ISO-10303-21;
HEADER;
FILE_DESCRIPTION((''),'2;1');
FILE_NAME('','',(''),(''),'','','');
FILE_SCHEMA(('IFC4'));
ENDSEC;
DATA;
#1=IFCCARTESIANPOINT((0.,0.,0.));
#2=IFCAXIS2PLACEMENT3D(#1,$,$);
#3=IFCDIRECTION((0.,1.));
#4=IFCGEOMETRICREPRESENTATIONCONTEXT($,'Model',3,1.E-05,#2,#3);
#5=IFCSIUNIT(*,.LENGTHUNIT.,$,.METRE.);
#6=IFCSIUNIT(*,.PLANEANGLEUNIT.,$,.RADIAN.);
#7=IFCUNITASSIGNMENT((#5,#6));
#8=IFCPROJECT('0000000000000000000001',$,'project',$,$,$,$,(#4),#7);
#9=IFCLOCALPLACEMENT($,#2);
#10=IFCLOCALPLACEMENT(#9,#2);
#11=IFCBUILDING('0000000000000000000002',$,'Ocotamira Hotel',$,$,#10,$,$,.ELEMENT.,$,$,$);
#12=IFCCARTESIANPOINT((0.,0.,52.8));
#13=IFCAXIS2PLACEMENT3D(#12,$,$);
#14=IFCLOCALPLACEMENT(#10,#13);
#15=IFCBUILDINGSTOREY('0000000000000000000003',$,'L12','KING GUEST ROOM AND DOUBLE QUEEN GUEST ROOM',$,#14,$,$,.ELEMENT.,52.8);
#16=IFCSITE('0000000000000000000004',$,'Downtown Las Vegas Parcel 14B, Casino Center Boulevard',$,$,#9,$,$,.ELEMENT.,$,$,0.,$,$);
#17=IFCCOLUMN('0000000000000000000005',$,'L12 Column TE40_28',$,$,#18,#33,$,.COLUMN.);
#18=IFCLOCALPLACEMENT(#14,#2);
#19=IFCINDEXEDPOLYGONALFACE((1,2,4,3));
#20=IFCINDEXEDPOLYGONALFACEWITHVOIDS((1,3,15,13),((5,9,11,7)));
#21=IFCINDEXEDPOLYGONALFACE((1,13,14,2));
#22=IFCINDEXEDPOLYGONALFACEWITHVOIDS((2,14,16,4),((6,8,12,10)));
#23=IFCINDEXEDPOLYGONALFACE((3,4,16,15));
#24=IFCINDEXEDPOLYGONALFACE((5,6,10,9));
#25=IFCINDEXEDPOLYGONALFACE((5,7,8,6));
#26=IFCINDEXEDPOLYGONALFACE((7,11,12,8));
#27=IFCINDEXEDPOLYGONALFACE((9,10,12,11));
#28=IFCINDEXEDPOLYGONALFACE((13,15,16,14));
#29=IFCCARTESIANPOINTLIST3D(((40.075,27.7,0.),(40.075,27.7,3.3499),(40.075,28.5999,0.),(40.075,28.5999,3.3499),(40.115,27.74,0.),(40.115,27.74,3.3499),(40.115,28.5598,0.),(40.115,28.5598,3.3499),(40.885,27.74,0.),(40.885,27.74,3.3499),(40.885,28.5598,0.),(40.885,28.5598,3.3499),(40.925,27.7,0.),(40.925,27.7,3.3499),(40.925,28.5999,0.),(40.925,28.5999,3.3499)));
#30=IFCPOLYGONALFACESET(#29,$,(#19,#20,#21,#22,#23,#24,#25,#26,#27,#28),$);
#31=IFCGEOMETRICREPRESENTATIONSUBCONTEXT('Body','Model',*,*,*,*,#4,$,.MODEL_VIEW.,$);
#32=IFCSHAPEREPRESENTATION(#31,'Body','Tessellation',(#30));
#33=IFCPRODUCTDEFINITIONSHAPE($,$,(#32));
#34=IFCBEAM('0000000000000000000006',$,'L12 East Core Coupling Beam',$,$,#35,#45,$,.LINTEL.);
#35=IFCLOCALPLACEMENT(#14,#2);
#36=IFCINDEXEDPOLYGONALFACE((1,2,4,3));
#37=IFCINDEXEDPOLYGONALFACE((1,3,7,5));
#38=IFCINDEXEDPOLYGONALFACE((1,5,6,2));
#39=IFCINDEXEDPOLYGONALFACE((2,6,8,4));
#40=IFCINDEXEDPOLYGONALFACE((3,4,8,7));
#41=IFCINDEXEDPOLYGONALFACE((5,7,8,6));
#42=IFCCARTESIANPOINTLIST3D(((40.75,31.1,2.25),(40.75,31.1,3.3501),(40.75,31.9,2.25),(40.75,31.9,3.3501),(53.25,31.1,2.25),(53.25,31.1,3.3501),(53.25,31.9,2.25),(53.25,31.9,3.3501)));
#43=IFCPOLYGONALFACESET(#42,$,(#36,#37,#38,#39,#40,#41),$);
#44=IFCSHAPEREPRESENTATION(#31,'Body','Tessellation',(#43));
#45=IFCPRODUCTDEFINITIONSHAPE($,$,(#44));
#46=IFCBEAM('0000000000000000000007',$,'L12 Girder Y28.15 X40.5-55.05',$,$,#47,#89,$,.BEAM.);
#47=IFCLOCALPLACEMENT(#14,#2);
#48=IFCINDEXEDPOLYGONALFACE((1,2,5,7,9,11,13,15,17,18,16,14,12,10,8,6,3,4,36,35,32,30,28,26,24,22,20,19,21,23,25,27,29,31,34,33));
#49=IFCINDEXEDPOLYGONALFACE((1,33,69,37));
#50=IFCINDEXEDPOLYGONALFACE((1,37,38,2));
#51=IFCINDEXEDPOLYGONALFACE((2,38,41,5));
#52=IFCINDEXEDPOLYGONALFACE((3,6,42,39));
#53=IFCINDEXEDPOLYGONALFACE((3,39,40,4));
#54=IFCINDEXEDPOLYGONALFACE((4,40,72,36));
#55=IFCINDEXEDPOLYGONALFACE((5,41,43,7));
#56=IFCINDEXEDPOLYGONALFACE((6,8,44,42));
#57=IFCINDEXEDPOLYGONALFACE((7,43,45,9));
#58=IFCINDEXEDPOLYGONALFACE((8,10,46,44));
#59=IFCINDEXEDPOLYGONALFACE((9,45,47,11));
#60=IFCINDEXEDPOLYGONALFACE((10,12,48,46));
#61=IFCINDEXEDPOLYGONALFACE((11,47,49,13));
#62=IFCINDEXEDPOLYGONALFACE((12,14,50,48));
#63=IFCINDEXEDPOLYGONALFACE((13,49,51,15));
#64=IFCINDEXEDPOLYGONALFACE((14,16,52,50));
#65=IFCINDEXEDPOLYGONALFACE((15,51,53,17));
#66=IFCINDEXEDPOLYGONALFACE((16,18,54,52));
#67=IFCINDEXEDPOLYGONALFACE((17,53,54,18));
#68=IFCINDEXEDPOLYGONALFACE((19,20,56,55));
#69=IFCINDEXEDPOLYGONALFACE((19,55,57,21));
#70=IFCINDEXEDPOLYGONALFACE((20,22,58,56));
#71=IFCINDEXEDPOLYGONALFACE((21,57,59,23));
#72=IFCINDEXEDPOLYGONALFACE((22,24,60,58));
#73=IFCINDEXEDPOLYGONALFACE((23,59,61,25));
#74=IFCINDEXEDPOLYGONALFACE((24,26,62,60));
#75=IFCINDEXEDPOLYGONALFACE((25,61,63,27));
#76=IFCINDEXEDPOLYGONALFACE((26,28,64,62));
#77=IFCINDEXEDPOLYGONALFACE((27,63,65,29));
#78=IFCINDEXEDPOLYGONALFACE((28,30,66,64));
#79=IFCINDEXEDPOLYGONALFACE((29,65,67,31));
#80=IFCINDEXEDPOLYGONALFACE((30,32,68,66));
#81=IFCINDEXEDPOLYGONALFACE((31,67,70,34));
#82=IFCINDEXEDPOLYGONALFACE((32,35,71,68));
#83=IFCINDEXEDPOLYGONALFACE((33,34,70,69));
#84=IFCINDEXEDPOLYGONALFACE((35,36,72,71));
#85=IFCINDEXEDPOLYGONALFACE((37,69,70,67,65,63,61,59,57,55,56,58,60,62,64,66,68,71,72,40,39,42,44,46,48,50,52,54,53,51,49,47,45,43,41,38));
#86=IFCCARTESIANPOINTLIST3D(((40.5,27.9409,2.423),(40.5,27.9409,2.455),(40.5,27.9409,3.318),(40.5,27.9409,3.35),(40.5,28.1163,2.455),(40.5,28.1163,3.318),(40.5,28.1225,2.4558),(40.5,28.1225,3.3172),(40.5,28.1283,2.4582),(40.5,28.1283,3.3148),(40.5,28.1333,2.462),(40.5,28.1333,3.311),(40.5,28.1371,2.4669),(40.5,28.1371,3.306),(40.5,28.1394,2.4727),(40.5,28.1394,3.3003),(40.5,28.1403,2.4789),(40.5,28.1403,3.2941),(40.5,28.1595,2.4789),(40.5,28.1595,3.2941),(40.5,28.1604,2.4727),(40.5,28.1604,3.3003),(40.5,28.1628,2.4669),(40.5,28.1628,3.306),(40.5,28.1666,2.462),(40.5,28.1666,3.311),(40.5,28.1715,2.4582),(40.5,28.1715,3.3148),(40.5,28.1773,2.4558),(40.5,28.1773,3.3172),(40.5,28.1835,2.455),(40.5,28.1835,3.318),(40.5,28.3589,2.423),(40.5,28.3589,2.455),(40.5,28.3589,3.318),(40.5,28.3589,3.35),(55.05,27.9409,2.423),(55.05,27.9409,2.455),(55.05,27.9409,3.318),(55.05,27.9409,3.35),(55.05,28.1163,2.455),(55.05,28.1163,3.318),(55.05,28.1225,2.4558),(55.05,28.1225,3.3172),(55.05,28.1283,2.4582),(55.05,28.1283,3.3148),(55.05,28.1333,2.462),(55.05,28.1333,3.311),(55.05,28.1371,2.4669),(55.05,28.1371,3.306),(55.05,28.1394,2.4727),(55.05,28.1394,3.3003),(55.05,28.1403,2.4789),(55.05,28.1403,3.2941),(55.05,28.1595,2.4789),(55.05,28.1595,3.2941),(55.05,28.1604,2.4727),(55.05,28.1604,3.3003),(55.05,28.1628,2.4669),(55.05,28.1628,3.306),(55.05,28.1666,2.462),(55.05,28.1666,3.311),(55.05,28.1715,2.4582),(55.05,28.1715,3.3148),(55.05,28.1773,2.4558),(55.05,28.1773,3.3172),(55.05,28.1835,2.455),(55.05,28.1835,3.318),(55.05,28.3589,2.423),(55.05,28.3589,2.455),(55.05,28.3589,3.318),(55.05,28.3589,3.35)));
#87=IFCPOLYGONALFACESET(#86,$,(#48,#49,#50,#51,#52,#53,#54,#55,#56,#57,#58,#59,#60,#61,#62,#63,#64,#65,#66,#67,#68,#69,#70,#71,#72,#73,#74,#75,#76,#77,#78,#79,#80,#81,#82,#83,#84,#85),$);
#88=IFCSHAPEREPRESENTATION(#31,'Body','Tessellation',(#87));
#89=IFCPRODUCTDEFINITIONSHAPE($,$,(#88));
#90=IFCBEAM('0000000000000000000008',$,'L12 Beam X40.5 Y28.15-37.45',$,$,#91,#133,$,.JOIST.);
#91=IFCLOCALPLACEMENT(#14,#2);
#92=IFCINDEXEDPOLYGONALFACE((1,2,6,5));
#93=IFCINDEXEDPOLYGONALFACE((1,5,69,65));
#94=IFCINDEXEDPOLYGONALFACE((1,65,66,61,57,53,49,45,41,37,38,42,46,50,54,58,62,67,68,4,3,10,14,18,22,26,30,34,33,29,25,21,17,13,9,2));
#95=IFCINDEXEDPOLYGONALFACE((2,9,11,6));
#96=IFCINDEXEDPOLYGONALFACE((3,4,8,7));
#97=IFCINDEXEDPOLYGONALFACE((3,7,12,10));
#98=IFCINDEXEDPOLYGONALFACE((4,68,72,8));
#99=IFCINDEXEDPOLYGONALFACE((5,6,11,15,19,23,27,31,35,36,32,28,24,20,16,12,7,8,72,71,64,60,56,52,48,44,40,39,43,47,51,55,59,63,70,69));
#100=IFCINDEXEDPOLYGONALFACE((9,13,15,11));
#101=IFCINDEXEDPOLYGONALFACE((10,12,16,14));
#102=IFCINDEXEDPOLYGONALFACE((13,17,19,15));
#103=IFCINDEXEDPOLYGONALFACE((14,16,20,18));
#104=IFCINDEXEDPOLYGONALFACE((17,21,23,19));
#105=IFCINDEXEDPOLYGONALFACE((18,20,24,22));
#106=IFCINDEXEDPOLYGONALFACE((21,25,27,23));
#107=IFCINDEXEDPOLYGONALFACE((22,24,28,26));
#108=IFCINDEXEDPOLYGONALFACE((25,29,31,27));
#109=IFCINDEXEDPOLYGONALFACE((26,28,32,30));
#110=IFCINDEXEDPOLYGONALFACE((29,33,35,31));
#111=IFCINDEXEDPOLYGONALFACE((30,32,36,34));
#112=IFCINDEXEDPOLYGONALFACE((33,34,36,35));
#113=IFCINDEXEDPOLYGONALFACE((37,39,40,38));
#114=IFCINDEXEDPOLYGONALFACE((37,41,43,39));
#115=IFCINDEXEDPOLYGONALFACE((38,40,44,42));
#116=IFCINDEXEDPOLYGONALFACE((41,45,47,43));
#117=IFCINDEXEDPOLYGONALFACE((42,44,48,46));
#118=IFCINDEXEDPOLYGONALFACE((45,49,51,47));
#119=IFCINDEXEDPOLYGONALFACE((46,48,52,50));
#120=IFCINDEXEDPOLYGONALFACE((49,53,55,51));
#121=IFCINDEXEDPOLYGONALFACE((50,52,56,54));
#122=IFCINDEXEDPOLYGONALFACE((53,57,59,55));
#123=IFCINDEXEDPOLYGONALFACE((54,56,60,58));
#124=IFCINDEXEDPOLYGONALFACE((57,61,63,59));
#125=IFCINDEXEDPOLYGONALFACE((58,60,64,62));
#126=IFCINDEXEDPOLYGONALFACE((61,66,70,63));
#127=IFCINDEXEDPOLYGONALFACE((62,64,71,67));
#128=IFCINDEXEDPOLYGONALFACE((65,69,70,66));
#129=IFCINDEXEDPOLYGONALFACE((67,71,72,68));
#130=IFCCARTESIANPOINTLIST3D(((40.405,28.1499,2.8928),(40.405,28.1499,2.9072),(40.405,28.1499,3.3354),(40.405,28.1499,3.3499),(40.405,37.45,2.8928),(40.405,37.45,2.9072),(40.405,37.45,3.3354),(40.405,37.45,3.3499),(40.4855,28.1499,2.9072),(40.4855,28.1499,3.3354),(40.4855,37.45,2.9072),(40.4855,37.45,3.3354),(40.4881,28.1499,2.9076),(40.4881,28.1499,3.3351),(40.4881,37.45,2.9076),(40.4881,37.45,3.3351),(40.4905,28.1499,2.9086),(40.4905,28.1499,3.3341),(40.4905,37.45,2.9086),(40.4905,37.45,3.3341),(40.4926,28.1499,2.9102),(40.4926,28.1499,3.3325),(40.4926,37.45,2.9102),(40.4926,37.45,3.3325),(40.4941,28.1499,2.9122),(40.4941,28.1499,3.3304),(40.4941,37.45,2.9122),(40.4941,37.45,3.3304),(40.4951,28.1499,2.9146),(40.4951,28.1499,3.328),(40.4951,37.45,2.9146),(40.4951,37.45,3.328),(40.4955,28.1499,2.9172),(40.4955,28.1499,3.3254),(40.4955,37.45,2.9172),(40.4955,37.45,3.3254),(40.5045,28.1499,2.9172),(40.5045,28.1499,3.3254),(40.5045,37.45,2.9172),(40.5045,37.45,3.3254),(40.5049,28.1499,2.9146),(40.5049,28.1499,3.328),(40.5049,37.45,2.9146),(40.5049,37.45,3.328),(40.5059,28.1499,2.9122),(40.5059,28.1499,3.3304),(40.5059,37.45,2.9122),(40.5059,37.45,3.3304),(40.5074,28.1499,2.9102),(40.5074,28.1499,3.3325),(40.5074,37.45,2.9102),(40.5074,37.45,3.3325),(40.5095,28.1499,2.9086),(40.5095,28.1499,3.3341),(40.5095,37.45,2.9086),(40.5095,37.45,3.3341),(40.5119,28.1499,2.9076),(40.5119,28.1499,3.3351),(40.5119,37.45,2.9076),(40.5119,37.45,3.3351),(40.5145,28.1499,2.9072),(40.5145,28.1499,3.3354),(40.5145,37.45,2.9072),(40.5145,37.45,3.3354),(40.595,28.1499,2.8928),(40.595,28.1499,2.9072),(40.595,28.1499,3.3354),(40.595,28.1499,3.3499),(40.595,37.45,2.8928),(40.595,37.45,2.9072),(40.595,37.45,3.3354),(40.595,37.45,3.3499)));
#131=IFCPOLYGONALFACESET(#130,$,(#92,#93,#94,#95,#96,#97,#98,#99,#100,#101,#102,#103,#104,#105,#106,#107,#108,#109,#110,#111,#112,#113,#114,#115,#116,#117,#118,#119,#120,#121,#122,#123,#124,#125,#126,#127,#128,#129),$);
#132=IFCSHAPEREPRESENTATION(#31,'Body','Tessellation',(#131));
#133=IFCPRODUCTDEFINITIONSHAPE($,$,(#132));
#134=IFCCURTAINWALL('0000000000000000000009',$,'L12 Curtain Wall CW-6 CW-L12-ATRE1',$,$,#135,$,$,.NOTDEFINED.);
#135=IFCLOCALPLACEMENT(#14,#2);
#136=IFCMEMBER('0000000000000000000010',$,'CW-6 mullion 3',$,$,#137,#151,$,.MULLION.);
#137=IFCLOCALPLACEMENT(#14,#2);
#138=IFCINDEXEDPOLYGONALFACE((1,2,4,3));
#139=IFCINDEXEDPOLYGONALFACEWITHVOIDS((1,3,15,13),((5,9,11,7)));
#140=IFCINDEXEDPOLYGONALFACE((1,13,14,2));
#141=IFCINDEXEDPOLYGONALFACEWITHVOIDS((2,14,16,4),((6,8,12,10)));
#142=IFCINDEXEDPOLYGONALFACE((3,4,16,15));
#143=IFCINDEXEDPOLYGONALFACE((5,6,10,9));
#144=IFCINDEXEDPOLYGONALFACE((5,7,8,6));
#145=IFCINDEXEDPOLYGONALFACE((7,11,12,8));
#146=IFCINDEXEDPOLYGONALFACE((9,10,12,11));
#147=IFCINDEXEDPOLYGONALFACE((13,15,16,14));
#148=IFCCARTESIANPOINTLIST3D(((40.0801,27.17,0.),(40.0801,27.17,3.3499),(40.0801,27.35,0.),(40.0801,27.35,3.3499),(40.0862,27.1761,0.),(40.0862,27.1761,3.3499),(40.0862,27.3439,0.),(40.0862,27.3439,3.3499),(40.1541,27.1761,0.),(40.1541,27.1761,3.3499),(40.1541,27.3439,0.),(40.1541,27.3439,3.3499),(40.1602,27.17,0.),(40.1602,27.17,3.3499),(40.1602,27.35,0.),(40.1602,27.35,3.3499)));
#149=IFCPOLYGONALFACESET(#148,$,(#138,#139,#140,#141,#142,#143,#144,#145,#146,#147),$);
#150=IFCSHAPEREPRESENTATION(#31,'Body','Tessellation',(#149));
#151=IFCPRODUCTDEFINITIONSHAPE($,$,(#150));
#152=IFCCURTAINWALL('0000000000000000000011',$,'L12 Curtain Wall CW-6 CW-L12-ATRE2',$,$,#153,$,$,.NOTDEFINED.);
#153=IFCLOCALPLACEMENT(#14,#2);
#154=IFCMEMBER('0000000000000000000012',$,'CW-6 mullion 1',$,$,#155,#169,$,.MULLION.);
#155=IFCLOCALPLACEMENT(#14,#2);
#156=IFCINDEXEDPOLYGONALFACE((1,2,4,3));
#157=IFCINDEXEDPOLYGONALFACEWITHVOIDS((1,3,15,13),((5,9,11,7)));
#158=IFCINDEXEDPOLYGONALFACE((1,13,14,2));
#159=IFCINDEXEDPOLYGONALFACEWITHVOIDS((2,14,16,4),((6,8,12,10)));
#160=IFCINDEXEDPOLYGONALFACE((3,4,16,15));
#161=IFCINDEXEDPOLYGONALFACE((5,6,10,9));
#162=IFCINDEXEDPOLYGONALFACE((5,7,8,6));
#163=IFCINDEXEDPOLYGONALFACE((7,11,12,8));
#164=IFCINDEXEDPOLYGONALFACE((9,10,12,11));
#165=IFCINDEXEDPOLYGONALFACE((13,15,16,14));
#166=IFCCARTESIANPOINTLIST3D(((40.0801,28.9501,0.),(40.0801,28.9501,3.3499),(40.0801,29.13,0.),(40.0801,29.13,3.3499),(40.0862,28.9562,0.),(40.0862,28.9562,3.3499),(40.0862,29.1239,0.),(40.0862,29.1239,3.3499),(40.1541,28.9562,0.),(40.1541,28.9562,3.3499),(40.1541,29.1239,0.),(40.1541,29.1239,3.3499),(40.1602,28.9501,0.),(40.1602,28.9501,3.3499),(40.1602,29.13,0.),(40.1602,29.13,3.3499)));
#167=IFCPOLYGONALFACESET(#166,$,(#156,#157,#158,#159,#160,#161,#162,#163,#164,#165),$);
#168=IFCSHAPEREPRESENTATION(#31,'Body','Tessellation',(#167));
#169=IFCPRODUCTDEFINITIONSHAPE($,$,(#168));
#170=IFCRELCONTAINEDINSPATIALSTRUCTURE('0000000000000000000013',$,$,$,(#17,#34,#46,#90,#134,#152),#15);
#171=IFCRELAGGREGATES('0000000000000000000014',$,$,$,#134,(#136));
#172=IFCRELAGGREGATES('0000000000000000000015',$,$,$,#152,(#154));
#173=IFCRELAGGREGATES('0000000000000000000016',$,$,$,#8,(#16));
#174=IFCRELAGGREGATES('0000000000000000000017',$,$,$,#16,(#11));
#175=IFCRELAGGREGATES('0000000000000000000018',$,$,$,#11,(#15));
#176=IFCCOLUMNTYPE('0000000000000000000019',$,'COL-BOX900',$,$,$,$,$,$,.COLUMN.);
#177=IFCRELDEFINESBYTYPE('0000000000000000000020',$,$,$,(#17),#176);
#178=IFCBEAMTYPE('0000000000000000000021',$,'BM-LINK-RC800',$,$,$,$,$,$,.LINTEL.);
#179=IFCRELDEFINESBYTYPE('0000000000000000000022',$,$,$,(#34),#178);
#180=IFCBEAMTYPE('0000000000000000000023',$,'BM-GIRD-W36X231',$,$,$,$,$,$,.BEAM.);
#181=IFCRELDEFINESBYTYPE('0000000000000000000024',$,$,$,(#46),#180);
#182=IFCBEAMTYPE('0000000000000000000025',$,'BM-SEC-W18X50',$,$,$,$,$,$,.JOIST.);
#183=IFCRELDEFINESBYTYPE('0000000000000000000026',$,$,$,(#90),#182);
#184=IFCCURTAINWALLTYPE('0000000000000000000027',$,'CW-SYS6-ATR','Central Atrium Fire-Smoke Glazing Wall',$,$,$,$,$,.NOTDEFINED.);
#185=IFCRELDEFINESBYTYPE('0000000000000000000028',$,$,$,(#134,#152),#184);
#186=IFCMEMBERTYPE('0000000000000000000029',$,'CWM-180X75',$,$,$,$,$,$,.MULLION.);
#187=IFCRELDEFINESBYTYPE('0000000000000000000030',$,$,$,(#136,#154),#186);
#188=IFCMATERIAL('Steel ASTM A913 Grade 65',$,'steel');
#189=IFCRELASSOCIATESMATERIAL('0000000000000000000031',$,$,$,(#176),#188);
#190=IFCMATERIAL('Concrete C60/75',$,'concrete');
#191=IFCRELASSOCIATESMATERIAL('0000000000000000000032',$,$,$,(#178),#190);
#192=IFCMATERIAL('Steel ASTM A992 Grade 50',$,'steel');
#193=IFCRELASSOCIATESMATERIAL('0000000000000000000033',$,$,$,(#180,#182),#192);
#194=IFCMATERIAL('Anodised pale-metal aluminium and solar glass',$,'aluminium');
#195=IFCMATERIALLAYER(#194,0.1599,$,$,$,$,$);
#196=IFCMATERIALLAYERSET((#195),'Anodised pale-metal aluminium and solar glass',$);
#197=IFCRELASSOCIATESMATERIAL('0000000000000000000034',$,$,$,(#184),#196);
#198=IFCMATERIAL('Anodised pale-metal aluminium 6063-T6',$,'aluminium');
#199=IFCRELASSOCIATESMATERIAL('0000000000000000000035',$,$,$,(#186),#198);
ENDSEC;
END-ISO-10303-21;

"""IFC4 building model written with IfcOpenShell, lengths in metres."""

from ifc_helpers import new_model, si_unit, direction, frame, origin, origin_2d, place, context, subcontext, project, spatial, rectangle, hollow_rectangle, i_section, extrude, source, transform, mapped, material, layer, layer_set, material_profile, profile_set, type_object, element, aggregate, save


model = new_model("IFC4")

# Units and contexts
model_context = context("Model", 3, precision=1e-05, world=origin(), true_north=direction((0.0, 1.0)))
body_context = subcontext(model_context, "Body", "Model", "MODEL_VIEW")
ifc_project = project(units=[si_unit("LENGTHUNIT", "METRE"), si_unit("PLANEANGLEUNIT", "RADIAN")], contexts=[model_context])

# Site, building, storey
site_placement = place(None, origin())
site = spatial("IfcSite", under=ifc_project, at=site_placement, Name="Downtown Las Vegas Parcel 14B, Casino Center Boulevard", CompositionType="ELEMENT", RefElevation=0.0)
building_placement = place(site_placement, origin())
building = spatial("IfcBuilding", under=site, at=building_placement, Name="Ocotamira Hotel", CompositionType="ELEMENT")
storey_placement = place(building_placement, frame((0.0, 0.0, 52.8)))
storey = spatial("IfcBuildingStorey", under=building, at=storey_placement, Name="L12", Description="KING GUEST ROOM AND DOUBLE QUEEN GUEST ROOM", CompositionType="ELEMENT", Elevation=52.8)

# Column
ifc_material_1 = material(Name="Steel ASTM A913 Grade 65", Category="steel")
ifc_material_profile_1 = material_profile(ifc_material_1, hollow_rectangle(XDim=0.8501, YDim=0.8999, WallThickness=0.04, at=origin_2d()), Name="BOX900X850X40")
ifc_profile_set_1 = profile_set([ifc_material_profile_1], Name="Steel ASTM A913 Grade 65")
column_type = type_object("IfcColumnType", Name="COL-BOX900", PredefinedType="COLUMN", material=ifc_profile_set_1)
shared_shape_1 = source(origin(), body_context, "Body", "SweptSolid", [
    extrude(hollow_rectangle(XDim=0.8501, YDim=0.8999, WallThickness=0.04, at=origin_2d()), origin(), (0.0, 0.0, 1.0), 3.3499),
])
column_placement = place(storey_placement, frame((40.5, 28.1499, 0.0), z_axis=(0.0, 0.0, 1.0), x_axis=(1.0, 0.0, 0.0)))
element("IfcColumn", 1, at=column_placement, inside=storey, type_object=column_type, Name="L12 Column TE40_28", PredefinedType="COLUMN", context=body_context, shape_type="MappedRepresentation", body=[
    mapped(shared_shape_1, transform((0.0, 0.0, 0.0), scale=1.0)),
])

# Beams
ifc_material_2 = material(Name="Concrete C60/75", Category="concrete")
ifc_material_profile_2 = material_profile(ifc_material_2, rectangle(XDim=0.8, YDim=1.1001, at=origin_2d()), Name="RC800X1100")
ifc_profile_set_2 = profile_set([ifc_material_profile_2], Name="Concrete C60/75")
beam_type_1 = type_object("IfcBeamType", Name="BM-LINK-RC800", PredefinedType="LINTEL", material=ifc_profile_set_2)
shared_shape_2 = source(origin(), body_context, "Body", "SweptSolid", [
    extrude(rectangle(XDim=0.8, YDim=1.1001, at=origin_2d()), origin(), (0.0, 0.0, 1.0), 12.5),
])
beam_1_placement = place(storey_placement, frame((40.75, 31.5, 2.8), z_axis=(1.0, 0.0, 0.0), x_axis=(0.0, 1.0, 0.0)))
element("IfcBeam", 2, at=beam_1_placement, inside=storey, type_object=beam_type_1, Name="L12 East Core Coupling Beam", PredefinedType="LINTEL", context=body_context, shape_type="MappedRepresentation", body=[
    mapped(shared_shape_2, transform((0.0, 0.0, 0.0), scale=1.0)),
])
ifc_material_3 = material(Name="Steel ASTM A992 Grade 50", Category="steel")
ifc_material_profile_3 = material_profile(ifc_material_3, i_section(OverallWidth=0.418, OverallDepth=0.927, WebThickness=0.0193, FlangeThickness=0.032, FilletRadius=0.0239, at=origin_2d()), Name="W36X231")
ifc_profile_set_3 = profile_set([ifc_material_profile_3], Name="Steel ASTM A992 Grade 50")
beam_type_2 = type_object("IfcBeamType", Name="BM-GIRD-W36X231", PredefinedType="BEAM", material=ifc_profile_set_3)
shared_shape_3 = source(origin(), body_context, "Body", "SweptSolid", [
    extrude(i_section(OverallWidth=0.418, OverallDepth=0.927, WebThickness=0.0193, FlangeThickness=0.032, FilletRadius=0.0239, at=origin_2d()), origin(), (0.0, 0.0, 1.0), 14.55),
])
beam_2_placement = place(storey_placement, frame((40.5, 28.1499, 2.8865), z_axis=(1.0, 0.0, 0.0), x_axis=(0.0, 1.0, 0.0)))
element("IfcBeam", 3, at=beam_2_placement, inside=storey, type_object=beam_type_2, Name="L12 Girder Y28.15 X40.5-55.05", PredefinedType="BEAM", context=body_context, shape_type="MappedRepresentation", body=[
    mapped(shared_shape_3, transform((0.0, 0.0, 0.0), scale=1.0)),
])
ifc_material_profile_4 = material_profile(ifc_material_3, i_section(OverallWidth=0.1899, OverallDepth=0.457, WebThickness=0.009, FlangeThickness=0.0144, FilletRadius=0.01, at=origin_2d()), Name="W18X50")
ifc_profile_set_4 = profile_set([ifc_material_profile_4], Name="Steel ASTM A992 Grade 50")
beam_type_3 = type_object("IfcBeamType", Name="BM-SEC-W18X50", PredefinedType="JOIST", material=ifc_profile_set_4)
shared_shape_4 = source(origin(), body_context, "Body", "SweptSolid", [
    extrude(i_section(OverallWidth=0.1899, OverallDepth=0.457, WebThickness=0.009, FlangeThickness=0.0144, FilletRadius=0.01, at=origin_2d()), origin(), (0.0, 0.0, 1.0), 9.3),
])
beam_3_placement = place(storey_placement, frame((40.5, 28.1499, 3.1213), z_axis=(0.0, 1.0, 0.0), x_axis=(-1.0, 0.0, 0.0)))
element("IfcBeam", 4, at=beam_3_placement, inside=storey, type_object=beam_type_3, Name="L12 Beam X40.5 Y28.15-37.45", PredefinedType="JOIST", context=body_context, shape_type="MappedRepresentation", body=[
    mapped(shared_shape_4, transform((0.0, 0.0, 0.0), scale=1.0)),
])

# Curtain wall, member
ifc_material_4 = material(Name="Anodised pale-metal aluminium and solar glass", Category="aluminium")
ifc_layer_1 = layer(ifc_material_4, 0.1599)
ifc_layer_set_1 = layer_set([ifc_layer_1], Name="Anodised pale-metal aluminium and solar glass")
curtain_wall_type = type_object("IfcCurtainWallType", Name="CW-SYS6-ATR", Description="Central Atrium Fire-Smoke Glazing Wall", PredefinedType="NOTDEFINED", material=ifc_layer_set_1)
curtain_wall_1_placement = place(storey_placement, origin())
curtain_wall_1 = element("IfcCurtainWall", 5, at=curtain_wall_1_placement, inside=storey, type_object=curtain_wall_type, Name="L12 Curtain Wall CW-6 CW-L12-ATRE1", PredefinedType="NOTDEFINED")
ifc_material_5 = material(Name="Anodised pale-metal aluminium 6063-T6", Category="aluminium")
ifc_material_profile_5 = material_profile(ifc_material_5, hollow_rectangle(XDim=0.0801, YDim=0.1799, WallThickness=0.0061, at=origin_2d()), Name="HSS180X80X6")
ifc_profile_set_5 = profile_set([ifc_material_profile_5], Name="Anodised pale-metal aluminium 6063-T6")
member_type_1 = type_object("IfcMemberType", Name="CWM-180X75", PredefinedType="MULLION", material=ifc_profile_set_5)
shared_shape_5 = source(origin(), body_context, "Body", "SweptSolid", [
    extrude(hollow_rectangle(XDim=0.0801, YDim=0.1799, WallThickness=0.0061, at=origin_2d()), origin(), (0.0, 0.0, 1.0), 3.3499),
])
member_1_placement = place(storey_placement, frame((40.1201, 27.26, 0.0), z_axis=(0.0, 0.0, 1.0), x_axis=(-1.0, 0.0, 0.0)))
member_1 = element("IfcMember", 6, at=member_1_placement, type_object=member_type_1, Name="CW-6 mullion 3", PredefinedType="MULLION", context=body_context, shape_type="MappedRepresentation", body=[
    mapped(shared_shape_5, transform((0.0, 0.0, 0.0), scale=1.0)),
])
aggregate(curtain_wall_1, [member_1])

# Curtain wall, member
curtain_wall_2_placement = place(storey_placement, origin())
curtain_wall_2 = element("IfcCurtainWall", 7, at=curtain_wall_2_placement, inside=storey, type_object=curtain_wall_type, Name="L12 Curtain Wall CW-6 CW-L12-ATRE2", PredefinedType="NOTDEFINED")
member_2_placement = place(storey_placement, frame((40.1201, 29.04, 0.0), z_axis=(0.0, 0.0, 1.0), x_axis=(-1.0, 0.0, 0.0)))
member_2 = element("IfcMember", 8, at=member_2_placement, type_object=member_type_1, Name="CW-6 mullion 1", PredefinedType="MULLION", context=body_context, shape_type="MappedRepresentation", body=[
    mapped(shared_shape_5, transform((0.0, 0.0, 0.0), scale=1.0)),
])
aggregate(curtain_wall_2, [member_2])

save(model, "model.ifc")
